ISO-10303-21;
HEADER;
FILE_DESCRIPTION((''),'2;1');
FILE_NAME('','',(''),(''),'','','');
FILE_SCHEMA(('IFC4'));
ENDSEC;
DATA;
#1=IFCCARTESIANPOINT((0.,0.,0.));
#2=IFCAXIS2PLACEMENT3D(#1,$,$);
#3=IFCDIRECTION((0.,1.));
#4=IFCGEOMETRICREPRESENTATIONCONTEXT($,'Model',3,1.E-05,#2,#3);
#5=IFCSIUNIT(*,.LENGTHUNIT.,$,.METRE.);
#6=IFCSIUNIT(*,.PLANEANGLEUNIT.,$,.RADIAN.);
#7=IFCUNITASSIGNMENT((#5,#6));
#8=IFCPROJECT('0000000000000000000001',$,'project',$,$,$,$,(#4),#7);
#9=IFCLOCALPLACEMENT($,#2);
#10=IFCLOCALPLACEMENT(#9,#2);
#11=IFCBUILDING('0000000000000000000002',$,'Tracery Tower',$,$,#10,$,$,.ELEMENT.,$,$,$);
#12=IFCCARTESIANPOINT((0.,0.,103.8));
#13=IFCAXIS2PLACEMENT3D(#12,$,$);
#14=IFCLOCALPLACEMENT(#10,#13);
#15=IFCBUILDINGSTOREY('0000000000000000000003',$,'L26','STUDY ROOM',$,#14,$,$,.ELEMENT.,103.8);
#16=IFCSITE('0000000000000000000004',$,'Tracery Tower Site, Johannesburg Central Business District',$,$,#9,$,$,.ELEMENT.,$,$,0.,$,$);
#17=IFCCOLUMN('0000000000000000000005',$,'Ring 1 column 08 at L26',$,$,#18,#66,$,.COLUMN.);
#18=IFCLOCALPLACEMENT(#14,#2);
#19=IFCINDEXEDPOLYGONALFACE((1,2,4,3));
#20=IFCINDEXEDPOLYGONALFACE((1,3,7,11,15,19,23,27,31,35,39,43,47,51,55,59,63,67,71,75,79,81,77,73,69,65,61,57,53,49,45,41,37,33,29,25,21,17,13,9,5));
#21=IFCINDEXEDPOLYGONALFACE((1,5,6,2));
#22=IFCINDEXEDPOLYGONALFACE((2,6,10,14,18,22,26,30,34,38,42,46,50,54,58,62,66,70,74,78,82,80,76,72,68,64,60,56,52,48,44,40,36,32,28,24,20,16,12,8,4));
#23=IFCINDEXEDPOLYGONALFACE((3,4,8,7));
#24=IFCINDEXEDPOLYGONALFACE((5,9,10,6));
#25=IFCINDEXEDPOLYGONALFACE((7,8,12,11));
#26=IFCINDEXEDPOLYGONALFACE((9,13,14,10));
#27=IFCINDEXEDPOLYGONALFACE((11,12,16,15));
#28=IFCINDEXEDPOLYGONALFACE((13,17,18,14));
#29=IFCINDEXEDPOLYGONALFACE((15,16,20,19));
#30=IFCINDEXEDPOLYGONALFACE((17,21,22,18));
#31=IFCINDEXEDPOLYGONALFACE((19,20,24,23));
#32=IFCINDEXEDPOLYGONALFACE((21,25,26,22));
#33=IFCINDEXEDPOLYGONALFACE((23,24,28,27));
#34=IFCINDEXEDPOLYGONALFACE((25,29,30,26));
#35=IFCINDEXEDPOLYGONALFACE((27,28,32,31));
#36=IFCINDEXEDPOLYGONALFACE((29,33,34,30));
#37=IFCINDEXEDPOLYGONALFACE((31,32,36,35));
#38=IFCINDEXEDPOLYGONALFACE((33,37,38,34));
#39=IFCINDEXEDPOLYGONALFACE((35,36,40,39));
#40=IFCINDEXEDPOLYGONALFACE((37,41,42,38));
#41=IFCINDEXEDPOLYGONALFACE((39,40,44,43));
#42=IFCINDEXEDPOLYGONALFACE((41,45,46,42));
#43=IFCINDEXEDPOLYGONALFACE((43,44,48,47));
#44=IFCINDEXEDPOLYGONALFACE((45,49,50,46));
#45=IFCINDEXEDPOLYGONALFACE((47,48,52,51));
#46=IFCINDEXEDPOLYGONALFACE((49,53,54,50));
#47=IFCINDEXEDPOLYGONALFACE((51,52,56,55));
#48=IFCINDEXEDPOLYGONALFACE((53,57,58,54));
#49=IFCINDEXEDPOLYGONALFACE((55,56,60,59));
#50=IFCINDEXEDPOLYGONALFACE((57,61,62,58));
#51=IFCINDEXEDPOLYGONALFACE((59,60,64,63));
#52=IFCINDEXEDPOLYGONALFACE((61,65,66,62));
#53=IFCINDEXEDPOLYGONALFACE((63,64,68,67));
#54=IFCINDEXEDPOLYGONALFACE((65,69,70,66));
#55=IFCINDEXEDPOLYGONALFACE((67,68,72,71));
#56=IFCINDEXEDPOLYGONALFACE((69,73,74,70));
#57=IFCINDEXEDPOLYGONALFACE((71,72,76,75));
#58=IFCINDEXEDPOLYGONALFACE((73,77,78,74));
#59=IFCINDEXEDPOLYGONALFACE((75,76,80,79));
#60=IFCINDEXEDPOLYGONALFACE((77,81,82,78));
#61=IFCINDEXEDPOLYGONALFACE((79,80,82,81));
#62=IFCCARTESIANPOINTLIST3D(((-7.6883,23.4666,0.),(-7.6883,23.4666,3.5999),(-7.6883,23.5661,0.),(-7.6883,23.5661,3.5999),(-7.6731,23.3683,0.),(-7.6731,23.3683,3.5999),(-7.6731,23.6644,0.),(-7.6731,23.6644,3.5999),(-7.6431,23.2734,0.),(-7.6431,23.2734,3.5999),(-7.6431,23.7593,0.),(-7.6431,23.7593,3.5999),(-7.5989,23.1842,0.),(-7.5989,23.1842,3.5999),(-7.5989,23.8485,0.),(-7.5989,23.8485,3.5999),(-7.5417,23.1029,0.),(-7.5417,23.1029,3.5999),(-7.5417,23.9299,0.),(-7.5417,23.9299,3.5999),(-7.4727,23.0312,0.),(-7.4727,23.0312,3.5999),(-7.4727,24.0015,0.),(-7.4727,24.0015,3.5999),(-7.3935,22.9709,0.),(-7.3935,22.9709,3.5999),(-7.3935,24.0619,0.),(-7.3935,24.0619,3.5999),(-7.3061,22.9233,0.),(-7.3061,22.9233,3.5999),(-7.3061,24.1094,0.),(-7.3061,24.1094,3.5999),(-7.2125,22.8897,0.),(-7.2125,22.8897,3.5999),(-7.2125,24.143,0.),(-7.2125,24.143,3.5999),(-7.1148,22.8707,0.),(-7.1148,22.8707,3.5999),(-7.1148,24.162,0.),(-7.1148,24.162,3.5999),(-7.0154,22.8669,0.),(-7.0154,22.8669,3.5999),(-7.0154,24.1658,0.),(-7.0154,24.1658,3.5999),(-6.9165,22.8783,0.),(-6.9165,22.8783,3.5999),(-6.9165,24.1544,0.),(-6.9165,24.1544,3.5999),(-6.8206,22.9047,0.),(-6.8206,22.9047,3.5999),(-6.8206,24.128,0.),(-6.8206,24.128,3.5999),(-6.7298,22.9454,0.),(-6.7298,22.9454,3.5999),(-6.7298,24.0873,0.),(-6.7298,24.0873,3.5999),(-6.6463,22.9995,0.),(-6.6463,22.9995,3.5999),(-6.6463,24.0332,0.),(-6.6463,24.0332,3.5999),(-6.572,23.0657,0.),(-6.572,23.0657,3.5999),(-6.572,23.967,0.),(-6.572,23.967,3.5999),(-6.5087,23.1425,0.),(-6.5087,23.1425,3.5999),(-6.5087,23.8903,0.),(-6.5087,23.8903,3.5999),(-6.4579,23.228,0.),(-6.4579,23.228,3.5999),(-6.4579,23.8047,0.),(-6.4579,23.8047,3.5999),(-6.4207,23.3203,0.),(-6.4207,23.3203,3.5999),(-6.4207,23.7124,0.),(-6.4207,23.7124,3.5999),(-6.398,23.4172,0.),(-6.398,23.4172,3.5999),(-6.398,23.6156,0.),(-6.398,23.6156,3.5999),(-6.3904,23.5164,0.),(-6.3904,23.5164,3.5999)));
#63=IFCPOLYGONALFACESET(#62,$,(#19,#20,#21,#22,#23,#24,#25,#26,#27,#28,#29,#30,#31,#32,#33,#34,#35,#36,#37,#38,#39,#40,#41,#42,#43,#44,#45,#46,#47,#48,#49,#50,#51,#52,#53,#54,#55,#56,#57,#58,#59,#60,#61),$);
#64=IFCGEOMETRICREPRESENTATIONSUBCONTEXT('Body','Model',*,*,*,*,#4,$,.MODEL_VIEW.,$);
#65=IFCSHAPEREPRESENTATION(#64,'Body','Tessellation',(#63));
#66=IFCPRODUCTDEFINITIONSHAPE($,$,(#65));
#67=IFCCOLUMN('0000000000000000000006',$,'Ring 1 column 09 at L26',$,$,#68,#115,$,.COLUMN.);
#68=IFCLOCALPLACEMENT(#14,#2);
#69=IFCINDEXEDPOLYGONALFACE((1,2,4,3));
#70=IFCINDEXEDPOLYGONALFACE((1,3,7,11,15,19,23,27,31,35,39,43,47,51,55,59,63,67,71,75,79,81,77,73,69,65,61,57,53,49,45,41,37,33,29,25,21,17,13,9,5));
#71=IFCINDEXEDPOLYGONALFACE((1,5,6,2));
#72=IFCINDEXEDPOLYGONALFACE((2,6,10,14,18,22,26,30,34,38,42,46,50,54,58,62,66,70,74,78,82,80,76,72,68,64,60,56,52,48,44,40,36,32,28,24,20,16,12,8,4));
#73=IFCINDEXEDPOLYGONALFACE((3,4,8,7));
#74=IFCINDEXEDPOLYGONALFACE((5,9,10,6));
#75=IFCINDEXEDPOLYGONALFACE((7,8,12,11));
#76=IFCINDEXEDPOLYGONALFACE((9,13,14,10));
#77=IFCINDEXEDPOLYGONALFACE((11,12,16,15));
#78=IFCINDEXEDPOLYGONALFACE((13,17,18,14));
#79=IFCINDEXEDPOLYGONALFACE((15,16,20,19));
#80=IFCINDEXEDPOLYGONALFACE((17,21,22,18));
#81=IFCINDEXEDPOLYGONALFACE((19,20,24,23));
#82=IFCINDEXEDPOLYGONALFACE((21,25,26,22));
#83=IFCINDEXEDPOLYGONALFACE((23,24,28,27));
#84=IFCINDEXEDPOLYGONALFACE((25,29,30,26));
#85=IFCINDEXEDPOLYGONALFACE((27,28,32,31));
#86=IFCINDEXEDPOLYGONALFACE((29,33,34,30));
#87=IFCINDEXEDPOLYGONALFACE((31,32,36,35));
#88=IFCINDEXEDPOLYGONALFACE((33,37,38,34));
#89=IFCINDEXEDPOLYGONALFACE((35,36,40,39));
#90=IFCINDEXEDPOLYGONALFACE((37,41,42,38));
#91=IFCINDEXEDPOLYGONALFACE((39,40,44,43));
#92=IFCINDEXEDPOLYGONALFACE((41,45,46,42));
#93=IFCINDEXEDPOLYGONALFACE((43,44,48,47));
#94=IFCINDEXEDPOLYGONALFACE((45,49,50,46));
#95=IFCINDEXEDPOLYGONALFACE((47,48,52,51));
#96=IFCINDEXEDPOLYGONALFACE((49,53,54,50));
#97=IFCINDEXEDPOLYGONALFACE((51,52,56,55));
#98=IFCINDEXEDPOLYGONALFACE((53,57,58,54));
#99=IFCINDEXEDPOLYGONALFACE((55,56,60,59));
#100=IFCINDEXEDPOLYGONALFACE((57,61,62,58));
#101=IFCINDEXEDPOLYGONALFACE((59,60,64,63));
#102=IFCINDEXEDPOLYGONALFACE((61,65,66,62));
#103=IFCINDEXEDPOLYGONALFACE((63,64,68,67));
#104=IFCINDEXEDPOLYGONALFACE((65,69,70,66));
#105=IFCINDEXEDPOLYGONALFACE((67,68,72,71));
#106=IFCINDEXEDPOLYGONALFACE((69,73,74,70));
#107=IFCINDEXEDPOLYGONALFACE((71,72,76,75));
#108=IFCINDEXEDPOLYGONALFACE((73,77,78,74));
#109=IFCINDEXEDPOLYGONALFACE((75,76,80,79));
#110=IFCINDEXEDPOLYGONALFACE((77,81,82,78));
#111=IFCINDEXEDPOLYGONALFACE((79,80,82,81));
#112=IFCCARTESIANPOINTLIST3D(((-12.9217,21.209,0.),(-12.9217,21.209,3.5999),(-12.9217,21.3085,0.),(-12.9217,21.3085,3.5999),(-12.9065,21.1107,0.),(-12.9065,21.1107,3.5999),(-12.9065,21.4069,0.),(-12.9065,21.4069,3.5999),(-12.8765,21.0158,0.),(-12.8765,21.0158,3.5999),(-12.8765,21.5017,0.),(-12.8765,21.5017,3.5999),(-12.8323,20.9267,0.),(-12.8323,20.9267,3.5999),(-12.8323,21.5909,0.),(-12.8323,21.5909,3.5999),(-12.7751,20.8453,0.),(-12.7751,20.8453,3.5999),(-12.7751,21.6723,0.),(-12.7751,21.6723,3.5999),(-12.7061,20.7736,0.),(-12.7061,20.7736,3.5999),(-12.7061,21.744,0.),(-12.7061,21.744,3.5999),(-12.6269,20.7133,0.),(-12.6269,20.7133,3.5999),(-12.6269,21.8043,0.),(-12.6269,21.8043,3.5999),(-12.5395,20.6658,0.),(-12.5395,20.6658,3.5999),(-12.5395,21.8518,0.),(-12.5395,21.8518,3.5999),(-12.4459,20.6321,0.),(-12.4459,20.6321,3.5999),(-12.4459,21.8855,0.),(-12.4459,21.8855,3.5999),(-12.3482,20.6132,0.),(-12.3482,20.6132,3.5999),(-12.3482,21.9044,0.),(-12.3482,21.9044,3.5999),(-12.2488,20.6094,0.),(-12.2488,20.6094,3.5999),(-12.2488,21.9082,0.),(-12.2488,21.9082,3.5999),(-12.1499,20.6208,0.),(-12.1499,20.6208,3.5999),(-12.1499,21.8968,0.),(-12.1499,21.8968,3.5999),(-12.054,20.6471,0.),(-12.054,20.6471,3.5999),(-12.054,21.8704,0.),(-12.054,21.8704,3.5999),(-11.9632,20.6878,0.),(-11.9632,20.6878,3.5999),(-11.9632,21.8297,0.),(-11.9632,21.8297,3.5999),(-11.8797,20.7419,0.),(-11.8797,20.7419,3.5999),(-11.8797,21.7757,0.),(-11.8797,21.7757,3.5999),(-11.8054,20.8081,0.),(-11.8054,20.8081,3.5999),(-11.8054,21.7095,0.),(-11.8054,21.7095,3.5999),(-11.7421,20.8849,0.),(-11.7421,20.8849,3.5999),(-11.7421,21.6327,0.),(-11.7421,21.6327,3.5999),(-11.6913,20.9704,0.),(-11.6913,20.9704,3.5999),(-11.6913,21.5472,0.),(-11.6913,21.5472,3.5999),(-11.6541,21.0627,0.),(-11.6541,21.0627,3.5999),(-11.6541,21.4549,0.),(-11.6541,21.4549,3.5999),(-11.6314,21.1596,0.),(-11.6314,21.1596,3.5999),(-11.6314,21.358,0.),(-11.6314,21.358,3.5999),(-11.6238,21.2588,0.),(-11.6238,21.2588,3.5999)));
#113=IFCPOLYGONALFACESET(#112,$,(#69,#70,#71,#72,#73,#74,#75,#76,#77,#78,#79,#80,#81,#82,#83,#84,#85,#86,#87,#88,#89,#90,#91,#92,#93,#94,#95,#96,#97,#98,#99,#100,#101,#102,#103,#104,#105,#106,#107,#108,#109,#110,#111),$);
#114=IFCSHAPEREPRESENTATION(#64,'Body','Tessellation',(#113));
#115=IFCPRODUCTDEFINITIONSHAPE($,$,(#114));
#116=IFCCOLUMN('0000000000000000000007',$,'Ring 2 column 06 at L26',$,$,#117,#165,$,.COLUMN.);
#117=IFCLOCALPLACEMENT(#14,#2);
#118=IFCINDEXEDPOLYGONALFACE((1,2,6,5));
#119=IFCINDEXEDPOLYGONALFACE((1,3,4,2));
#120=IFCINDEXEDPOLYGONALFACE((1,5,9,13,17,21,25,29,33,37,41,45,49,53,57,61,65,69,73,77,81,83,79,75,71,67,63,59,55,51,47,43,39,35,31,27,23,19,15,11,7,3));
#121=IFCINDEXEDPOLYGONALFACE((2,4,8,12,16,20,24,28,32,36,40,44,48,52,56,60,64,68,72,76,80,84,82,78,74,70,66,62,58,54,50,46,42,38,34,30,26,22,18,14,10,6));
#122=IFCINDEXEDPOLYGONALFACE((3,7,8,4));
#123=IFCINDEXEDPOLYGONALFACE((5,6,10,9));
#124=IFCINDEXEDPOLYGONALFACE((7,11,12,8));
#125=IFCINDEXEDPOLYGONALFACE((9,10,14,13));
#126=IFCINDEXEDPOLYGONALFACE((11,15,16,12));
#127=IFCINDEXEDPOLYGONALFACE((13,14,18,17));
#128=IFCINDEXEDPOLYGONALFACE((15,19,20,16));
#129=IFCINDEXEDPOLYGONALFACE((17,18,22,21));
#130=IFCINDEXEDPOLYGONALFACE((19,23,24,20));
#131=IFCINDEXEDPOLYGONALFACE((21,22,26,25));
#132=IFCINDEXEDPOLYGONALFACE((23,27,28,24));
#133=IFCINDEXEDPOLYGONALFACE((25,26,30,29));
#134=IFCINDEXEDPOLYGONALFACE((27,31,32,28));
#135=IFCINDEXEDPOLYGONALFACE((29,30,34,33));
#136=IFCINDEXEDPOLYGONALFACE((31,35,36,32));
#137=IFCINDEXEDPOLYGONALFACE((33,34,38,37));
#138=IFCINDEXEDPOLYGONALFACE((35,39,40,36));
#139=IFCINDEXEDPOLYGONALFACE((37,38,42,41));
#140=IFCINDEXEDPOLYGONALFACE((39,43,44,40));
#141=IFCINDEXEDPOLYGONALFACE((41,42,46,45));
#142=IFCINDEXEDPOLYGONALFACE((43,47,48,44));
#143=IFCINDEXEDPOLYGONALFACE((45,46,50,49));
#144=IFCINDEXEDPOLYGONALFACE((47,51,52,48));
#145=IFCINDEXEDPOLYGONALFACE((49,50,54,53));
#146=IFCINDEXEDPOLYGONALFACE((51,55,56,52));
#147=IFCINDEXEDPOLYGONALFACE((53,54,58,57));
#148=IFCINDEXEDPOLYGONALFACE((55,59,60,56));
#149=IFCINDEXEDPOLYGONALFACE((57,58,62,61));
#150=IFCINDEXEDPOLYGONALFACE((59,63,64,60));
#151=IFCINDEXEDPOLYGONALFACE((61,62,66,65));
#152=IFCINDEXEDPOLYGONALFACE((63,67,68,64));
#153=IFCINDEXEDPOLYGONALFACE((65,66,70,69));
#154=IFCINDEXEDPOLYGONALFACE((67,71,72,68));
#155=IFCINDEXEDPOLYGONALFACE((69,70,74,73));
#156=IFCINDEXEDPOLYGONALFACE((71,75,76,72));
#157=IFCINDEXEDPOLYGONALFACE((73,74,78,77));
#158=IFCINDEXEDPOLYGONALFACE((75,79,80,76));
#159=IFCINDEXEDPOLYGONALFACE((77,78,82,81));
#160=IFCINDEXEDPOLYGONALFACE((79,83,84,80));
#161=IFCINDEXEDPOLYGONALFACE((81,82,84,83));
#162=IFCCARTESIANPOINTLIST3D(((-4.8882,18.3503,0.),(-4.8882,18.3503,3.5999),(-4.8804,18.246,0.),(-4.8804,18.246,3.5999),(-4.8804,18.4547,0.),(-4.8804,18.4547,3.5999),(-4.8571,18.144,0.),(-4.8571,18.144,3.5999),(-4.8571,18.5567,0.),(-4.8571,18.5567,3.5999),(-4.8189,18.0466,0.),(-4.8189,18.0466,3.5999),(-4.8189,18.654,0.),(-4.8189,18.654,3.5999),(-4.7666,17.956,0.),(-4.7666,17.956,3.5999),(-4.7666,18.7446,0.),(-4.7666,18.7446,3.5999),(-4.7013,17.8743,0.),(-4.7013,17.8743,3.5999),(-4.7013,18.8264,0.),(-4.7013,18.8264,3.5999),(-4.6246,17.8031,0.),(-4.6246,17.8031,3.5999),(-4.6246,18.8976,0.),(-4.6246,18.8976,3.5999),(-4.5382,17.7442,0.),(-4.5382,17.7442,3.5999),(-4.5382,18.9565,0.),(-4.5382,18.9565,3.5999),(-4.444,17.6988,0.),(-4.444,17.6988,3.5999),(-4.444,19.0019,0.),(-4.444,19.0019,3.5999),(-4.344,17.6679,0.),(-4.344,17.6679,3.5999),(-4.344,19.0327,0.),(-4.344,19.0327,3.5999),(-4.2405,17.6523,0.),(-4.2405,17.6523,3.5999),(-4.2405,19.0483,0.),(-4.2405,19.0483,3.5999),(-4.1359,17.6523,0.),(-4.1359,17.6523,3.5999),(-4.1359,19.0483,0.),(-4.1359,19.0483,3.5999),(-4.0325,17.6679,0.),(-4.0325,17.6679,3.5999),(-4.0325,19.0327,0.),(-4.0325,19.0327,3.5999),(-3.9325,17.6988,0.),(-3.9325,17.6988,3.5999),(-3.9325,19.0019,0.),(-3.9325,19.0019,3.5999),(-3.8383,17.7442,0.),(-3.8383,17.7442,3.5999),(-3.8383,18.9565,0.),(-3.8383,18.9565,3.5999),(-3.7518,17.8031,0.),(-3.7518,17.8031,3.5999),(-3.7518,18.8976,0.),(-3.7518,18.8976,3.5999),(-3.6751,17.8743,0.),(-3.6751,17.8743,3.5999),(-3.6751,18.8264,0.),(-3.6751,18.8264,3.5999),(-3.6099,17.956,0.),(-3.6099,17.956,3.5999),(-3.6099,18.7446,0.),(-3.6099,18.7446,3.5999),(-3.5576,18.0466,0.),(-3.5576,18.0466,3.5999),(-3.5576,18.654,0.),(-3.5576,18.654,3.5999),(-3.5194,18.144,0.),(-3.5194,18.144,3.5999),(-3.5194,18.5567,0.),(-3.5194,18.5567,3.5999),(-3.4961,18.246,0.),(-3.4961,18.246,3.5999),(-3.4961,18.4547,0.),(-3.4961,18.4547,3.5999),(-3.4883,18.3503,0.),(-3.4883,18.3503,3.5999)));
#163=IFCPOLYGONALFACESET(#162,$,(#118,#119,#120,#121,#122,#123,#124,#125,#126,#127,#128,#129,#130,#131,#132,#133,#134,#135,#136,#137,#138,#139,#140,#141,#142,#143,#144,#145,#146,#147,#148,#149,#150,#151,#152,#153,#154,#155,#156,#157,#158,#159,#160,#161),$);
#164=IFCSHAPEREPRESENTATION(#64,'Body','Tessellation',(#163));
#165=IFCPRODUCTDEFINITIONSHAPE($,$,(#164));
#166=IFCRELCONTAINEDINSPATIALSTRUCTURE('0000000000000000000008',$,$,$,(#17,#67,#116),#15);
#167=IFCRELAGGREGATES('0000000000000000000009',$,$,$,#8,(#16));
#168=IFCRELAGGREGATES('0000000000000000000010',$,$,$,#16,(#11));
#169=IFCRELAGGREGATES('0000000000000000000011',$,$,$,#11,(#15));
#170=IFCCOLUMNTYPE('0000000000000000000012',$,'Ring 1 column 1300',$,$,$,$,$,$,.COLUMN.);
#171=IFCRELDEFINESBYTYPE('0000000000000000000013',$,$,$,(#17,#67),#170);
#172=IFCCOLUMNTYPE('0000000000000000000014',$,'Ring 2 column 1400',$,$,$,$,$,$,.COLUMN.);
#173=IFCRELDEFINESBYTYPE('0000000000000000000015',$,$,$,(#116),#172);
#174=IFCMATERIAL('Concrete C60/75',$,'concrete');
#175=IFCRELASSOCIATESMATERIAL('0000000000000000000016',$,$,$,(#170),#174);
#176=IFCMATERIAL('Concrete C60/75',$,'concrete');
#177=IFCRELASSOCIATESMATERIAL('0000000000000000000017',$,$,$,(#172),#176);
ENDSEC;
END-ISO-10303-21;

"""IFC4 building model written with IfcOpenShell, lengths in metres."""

from ifc_helpers import new_model, si_unit, direction, frame, origin, origin_2d, place, context, subcontext, project, spatial, circle, extrude, material, material_profile, profile_set, type_object, element, save


model = new_model("IFC4")

# Units and contexts
model_context = context("Model", 3, precision=1e-05, world=origin(), true_north=direction((0.0, 1.0)))
body_context = subcontext(model_context, "Body", "Model", "MODEL_VIEW")
ifc_project = project(units=[si_unit("LENGTHUNIT", "METRE"), si_unit("PLANEANGLEUNIT", "RADIAN")], contexts=[model_context])

# Site, building, storey
site_placement = place(None, origin())
site = spatial("IfcSite", under=ifc_project, at=site_placement, Name="Tracery Tower Site, Johannesburg Central Business District", CompositionType="ELEMENT", RefElevation=0.0)
building_placement = place(site_placement, origin())
building = spatial("IfcBuilding", under=site, at=building_placement, Name="Tracery Tower", CompositionType="ELEMENT")
storey_placement = place(building_placement, frame((0.0, 0.0, 103.8)))
storey = spatial("IfcBuildingStorey", under=building, at=storey_placement, Name="L26", Description="STUDY ROOM", CompositionType="ELEMENT", Elevation=103.8)

# Columns
ifc_material_1 = material(Name="Concrete C60/75", Category="concrete")
ifc_material_profile_1 = material_profile(ifc_material_1, circle(Radius=0.6499, at=origin_2d()), Name="RC D1300")
ifc_profile_set_1 = profile_set([ifc_material_profile_1], Name="Concrete C60/75")
column_type_1 = type_object("IfcColumnType", Name="Ring 1 column 1300", PredefinedType="COLUMN", material=ifc_profile_set_1)
for number, where, z_axis, x_axis, name in (
    (1, (-7.0403, 23.5164, 0.0), (0.0, 0.0, 1.0), (1.0, 0.0, 0.0), "Ring 1 column 08 at L26"),
    (2, (-12.2737, 21.2588, 0.0), (0.0, 0.0, 1.0), (1.0, 0.0, 0.0), "Ring 1 column 09 at L26"),
):
    element("IfcColumn", number, at=place(storey_placement, frame(where, z_axis=z_axis, x_axis=x_axis)), inside=storey, type_object=column_type_1, Name=name, PredefinedType="COLUMN", context=body_context, shape_type="SweptSolid", body=[
        extrude(circle(Radius=0.6499, at=origin_2d()), origin(), (0.0, 0.0, 1.0), 3.5999),
    ])
ifc_material_2 = material(Name="Concrete C60/75", Category="concrete")
ifc_material_profile_2 = material_profile(ifc_material_2, circle(Radius=0.7, at=origin_2d()), Name="RC D1400")
ifc_profile_set_2 = profile_set([ifc_material_profile_2], Name="Concrete C60/75")
column_type_2 = type_object("IfcColumnType", Name="Ring 2 column 1400", PredefinedType="COLUMN", material=ifc_profile_set_2)
for number, where, z_axis, x_axis, name in (
    (3, (-4.1882, 18.3503, 0.0), (0.0, 0.0, 1.0), (1.0, 0.0, 0.0), "Ring 2 column 06 at L26"),
):
    element("IfcColumn", number, at=place(storey_placement, frame(where, z_axis=z_axis, x_axis=x_axis)), inside=storey, type_object=column_type_2, Name=name, PredefinedType="COLUMN", context=body_context, shape_type="SweptSolid", body=[
        extrude(circle(Radius=0.7, at=origin_2d()), origin(), (0.0, 0.0, 1.0), 3.5999),
    ])

save(model, "model.ifc")
